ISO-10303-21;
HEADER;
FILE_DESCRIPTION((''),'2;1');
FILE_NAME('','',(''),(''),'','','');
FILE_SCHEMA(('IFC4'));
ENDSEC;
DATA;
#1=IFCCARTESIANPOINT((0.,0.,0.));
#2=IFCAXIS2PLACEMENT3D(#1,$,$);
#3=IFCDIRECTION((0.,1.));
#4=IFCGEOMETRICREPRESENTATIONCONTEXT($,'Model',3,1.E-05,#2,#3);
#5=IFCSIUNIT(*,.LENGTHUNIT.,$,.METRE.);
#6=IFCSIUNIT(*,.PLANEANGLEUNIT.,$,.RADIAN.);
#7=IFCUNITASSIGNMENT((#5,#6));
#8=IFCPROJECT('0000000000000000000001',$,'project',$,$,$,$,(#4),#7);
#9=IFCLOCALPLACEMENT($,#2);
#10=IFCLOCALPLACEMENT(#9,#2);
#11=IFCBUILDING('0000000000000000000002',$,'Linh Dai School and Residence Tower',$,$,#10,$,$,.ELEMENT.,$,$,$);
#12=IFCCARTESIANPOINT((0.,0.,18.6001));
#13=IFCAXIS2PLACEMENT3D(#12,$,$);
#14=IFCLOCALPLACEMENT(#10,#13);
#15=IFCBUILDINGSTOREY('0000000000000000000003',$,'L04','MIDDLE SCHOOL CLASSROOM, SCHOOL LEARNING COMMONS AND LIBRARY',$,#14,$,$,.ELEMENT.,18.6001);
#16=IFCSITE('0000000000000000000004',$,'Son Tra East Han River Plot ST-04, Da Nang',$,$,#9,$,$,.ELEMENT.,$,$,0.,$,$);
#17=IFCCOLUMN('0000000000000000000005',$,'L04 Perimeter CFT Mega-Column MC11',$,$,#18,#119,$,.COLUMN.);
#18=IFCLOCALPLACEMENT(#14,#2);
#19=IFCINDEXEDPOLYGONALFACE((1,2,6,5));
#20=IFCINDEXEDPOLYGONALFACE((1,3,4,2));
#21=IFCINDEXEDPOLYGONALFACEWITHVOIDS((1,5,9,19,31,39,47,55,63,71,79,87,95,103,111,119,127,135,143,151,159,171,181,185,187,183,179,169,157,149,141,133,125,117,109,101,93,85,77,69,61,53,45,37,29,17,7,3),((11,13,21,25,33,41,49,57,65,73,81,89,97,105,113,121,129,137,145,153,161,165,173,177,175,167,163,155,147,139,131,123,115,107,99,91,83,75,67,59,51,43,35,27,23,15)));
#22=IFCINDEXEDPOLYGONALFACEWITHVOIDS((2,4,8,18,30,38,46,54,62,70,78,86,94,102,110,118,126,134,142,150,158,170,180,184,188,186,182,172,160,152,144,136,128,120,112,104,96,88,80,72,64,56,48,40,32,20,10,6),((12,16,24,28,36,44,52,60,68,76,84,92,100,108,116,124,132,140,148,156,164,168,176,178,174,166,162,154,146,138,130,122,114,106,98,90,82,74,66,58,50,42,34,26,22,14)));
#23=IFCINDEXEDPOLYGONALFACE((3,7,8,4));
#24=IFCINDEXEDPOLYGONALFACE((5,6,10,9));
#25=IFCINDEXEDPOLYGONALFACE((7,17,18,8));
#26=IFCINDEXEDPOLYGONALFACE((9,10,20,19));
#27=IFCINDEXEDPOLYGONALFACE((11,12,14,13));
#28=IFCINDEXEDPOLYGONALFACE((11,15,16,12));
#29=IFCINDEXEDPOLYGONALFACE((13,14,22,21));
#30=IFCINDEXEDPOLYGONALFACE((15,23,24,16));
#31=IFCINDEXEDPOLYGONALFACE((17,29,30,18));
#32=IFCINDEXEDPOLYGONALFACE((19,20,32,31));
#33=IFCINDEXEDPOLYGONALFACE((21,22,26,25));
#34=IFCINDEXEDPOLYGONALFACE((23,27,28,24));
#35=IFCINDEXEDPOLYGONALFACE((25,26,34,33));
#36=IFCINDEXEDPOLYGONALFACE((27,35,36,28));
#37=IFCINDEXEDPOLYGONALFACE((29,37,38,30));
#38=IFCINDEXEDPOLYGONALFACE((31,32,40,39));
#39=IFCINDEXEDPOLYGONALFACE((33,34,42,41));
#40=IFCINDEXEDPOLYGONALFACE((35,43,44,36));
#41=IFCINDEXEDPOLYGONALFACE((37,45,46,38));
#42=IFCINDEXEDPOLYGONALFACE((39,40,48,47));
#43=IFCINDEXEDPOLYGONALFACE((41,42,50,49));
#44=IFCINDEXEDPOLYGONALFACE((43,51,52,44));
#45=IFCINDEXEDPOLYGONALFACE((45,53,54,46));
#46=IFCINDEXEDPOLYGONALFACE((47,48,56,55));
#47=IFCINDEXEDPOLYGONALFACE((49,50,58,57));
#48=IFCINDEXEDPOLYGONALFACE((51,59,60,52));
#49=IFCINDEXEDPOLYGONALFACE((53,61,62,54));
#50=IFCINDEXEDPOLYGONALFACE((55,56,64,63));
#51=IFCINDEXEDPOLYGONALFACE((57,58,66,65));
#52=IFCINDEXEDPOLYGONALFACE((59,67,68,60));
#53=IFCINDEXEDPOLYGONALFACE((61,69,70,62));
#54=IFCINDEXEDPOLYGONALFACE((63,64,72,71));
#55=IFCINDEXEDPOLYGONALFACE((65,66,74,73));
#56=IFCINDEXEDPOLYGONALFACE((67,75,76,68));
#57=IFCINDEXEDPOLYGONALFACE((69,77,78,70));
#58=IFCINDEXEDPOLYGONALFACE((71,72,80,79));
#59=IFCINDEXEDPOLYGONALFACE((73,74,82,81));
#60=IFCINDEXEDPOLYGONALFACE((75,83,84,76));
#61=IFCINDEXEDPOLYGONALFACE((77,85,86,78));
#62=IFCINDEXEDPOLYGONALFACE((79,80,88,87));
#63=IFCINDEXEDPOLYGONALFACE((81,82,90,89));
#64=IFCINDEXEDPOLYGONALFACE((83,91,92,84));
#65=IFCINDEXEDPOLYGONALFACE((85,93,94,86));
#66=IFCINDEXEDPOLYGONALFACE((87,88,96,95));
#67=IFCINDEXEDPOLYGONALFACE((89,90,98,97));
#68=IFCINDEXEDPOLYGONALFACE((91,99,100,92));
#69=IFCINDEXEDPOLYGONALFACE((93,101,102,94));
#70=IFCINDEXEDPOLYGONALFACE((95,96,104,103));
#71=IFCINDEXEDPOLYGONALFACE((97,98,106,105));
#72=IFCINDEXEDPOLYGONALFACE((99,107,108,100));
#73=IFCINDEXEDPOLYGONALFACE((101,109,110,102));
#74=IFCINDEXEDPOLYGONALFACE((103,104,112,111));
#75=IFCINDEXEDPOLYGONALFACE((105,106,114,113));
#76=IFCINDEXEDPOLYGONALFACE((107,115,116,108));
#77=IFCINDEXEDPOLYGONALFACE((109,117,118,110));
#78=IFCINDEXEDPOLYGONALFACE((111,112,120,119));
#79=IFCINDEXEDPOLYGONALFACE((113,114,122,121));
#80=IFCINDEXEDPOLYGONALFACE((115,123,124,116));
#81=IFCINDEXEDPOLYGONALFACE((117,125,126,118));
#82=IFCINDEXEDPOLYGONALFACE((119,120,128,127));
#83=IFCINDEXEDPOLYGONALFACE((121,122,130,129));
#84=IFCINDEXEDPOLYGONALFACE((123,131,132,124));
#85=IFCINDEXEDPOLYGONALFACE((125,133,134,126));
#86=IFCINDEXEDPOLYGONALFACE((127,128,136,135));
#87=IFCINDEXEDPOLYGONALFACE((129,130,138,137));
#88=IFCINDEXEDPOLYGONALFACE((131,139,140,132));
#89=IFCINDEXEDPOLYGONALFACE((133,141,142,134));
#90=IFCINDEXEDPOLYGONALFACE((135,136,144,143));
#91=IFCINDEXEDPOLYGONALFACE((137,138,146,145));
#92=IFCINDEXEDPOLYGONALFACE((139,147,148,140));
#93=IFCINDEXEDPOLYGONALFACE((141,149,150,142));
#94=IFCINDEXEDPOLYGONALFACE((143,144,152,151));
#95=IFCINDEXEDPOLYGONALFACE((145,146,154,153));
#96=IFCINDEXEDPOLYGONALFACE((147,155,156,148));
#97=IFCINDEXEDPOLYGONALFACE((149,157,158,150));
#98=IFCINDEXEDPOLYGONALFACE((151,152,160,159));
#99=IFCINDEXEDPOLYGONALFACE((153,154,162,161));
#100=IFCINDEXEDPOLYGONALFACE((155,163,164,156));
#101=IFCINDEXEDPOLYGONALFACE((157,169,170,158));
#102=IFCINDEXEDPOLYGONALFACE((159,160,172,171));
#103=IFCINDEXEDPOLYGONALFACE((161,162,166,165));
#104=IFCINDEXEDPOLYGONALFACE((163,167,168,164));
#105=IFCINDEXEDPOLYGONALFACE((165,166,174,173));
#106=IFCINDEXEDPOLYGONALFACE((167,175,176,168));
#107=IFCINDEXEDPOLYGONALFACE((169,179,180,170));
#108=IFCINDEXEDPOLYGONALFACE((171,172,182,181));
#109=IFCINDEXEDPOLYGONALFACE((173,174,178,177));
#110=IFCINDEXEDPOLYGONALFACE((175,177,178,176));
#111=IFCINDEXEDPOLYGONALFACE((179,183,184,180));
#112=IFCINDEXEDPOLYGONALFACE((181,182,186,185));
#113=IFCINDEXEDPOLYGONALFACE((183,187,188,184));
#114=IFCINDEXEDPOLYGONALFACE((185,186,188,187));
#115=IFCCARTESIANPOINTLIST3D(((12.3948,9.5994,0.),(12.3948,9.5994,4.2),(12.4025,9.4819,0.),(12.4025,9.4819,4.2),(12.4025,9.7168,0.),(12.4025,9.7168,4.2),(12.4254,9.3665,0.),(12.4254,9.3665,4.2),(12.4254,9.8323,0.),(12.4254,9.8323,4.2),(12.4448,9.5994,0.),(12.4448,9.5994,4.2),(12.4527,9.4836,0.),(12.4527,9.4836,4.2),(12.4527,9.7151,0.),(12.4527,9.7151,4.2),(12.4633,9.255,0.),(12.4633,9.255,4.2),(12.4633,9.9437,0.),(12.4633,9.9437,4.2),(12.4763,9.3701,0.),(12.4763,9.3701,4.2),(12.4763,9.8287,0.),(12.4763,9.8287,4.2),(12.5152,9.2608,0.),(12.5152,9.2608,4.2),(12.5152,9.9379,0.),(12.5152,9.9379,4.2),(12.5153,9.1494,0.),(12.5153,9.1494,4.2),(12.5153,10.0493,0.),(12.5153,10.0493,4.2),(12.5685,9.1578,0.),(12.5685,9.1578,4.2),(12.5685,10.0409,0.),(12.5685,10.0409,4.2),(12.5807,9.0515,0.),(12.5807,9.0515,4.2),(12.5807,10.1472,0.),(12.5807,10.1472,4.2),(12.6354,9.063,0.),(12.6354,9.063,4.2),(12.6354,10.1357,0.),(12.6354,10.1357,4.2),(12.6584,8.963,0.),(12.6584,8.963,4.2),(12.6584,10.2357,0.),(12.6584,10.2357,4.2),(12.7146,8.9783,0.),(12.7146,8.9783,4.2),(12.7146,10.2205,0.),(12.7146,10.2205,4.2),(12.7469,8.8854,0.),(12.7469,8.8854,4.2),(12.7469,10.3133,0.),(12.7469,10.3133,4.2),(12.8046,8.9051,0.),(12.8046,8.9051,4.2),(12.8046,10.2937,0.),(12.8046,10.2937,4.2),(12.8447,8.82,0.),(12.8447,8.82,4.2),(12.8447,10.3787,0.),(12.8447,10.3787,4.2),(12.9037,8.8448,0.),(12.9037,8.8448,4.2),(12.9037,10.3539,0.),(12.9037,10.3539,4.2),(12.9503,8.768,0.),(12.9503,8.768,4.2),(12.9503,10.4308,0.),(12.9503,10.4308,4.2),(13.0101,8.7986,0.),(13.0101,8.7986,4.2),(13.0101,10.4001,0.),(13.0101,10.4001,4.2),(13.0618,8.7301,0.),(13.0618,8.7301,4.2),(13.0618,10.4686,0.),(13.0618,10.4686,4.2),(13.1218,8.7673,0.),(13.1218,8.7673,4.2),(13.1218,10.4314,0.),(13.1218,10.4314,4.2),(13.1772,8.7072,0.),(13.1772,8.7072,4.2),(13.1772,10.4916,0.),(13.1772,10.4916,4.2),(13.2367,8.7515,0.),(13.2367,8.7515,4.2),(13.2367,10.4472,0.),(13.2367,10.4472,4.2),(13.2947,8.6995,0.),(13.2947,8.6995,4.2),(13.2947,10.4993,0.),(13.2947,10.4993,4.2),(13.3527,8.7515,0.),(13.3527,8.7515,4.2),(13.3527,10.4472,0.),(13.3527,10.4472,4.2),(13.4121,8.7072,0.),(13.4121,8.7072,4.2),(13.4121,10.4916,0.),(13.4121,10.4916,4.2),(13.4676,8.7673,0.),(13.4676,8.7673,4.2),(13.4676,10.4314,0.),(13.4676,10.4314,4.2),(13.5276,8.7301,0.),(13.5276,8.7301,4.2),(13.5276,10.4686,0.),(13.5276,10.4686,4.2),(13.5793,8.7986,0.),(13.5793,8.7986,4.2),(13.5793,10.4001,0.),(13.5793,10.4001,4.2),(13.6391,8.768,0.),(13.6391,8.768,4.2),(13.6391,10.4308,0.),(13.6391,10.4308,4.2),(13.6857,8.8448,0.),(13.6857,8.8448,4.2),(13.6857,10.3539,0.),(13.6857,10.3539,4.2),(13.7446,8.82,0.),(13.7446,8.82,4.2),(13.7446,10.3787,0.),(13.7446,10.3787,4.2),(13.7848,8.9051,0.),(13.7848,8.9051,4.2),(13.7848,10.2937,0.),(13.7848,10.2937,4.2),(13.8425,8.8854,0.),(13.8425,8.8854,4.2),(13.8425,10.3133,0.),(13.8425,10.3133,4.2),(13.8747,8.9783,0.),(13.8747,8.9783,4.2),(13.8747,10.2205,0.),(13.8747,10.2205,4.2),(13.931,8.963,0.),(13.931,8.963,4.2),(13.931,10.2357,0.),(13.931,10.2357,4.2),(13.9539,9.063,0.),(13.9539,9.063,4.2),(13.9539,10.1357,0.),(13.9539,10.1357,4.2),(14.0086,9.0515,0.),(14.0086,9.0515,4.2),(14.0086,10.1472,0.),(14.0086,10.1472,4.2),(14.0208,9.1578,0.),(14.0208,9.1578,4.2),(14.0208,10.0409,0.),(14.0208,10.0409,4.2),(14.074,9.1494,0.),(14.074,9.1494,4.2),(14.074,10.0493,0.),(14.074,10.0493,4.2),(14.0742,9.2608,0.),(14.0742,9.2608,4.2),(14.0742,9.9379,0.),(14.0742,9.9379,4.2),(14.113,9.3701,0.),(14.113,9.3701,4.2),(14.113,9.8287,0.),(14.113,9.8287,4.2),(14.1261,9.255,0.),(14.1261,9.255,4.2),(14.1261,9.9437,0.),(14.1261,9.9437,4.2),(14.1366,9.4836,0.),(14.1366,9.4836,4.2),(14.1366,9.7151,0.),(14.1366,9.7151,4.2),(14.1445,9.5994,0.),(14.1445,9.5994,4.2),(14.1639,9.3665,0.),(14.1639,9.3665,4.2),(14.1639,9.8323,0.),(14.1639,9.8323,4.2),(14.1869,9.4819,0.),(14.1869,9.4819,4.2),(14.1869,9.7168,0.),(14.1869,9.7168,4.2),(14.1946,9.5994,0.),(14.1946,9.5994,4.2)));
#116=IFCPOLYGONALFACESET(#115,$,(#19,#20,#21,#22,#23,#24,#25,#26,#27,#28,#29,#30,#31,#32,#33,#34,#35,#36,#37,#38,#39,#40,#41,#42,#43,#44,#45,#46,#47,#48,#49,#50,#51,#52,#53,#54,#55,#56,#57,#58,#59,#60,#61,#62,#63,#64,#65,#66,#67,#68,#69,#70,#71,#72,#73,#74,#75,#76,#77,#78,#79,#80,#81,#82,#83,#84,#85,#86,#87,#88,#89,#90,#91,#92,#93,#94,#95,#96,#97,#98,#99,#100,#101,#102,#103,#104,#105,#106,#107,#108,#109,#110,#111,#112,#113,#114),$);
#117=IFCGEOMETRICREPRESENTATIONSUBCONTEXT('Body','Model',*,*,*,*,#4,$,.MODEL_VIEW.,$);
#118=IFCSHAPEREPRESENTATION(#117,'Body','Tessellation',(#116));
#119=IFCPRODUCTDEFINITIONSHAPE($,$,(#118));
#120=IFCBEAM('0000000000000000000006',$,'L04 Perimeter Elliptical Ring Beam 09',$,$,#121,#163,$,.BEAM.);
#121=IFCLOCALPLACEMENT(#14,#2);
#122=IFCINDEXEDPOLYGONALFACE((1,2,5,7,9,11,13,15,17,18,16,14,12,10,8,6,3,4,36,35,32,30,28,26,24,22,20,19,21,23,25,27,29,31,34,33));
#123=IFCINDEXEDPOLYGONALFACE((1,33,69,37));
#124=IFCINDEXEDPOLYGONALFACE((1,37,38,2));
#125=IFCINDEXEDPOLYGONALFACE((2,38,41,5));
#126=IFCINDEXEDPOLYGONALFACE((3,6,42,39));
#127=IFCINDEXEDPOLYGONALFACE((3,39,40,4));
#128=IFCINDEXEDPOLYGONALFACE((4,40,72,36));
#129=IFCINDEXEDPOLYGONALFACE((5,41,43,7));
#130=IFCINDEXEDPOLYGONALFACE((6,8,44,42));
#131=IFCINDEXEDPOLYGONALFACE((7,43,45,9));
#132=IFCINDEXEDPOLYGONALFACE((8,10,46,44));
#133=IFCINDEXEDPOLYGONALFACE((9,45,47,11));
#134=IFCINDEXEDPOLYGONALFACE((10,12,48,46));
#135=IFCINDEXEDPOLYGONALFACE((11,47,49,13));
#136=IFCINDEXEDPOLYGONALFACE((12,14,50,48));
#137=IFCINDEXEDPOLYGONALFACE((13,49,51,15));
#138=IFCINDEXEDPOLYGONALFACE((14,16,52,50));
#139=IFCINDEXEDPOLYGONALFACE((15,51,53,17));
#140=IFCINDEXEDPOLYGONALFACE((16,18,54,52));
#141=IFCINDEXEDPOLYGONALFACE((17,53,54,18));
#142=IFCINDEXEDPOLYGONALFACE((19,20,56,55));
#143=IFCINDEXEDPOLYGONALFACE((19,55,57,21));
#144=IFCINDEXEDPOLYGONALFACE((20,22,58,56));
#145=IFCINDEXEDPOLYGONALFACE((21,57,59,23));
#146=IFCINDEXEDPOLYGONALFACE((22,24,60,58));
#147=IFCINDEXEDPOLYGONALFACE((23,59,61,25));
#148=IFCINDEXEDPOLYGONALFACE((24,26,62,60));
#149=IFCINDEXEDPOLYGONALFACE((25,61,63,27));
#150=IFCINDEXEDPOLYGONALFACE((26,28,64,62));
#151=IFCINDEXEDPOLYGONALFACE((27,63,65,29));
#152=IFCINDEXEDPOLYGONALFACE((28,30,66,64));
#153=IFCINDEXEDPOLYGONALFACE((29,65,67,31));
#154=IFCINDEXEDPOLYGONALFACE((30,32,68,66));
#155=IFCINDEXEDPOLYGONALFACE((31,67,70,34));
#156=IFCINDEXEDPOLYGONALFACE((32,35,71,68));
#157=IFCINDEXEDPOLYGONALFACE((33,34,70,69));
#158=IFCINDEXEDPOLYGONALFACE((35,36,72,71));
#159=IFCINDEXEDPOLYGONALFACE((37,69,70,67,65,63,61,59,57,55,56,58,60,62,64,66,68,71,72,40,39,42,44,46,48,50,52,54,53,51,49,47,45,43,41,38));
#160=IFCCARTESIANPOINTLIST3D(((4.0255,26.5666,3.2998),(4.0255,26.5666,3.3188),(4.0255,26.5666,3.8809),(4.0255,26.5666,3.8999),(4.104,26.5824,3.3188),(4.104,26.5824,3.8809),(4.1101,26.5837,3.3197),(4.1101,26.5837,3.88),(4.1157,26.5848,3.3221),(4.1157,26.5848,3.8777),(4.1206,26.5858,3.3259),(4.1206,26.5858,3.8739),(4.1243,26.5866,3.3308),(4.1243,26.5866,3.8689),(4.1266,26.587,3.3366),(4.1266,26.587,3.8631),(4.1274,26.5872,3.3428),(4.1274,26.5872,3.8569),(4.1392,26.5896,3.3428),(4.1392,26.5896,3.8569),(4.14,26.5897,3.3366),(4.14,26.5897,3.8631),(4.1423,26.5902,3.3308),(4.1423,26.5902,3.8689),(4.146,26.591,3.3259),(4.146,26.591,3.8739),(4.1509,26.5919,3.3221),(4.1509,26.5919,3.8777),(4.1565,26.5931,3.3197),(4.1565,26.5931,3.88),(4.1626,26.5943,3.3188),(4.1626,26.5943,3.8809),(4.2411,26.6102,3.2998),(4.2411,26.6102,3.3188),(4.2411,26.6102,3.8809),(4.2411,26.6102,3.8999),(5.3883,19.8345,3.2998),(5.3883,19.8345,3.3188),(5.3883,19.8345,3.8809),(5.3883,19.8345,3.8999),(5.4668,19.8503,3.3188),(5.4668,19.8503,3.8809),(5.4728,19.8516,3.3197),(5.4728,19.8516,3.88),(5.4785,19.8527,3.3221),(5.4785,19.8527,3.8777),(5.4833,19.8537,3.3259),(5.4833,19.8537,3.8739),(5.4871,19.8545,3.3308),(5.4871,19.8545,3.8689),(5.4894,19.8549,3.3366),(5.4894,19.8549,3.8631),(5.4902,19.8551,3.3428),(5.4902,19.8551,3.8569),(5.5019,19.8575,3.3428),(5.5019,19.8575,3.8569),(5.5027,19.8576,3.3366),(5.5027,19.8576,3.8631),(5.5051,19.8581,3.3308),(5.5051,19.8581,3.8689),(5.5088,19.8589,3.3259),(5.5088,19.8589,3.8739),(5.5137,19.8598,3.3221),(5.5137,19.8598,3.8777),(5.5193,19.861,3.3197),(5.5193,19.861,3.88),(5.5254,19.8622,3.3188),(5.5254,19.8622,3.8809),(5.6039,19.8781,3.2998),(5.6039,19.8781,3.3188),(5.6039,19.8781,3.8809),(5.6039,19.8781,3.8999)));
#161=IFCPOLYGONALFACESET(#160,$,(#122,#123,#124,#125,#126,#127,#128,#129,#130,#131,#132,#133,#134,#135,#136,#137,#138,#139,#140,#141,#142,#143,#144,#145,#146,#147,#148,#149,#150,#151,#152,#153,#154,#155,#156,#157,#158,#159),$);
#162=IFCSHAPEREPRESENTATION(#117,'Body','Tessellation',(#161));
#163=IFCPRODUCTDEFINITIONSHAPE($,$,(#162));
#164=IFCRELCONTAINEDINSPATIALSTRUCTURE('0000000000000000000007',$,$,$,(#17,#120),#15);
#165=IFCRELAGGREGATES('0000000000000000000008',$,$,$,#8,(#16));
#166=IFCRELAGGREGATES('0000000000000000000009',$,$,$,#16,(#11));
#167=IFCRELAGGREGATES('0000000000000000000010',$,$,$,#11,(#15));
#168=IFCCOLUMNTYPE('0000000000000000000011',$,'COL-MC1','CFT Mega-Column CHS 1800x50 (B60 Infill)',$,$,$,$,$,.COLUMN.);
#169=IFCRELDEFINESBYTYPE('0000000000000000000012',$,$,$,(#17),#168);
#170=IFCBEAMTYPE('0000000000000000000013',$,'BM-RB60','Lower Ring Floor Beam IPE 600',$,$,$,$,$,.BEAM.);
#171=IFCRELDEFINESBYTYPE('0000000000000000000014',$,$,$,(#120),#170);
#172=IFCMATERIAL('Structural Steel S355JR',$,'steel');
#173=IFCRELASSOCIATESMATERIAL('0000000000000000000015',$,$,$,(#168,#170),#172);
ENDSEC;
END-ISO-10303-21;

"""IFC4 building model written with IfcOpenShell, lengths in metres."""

from ifc_helpers import new_model, si_unit, direction, frame, origin, origin_2d, place, context, subcontext, project, spatial, hollow_circle, i_section, extrude, material, material_profile, profile_set, type_object, element, save


model = new_model("IFC4")

# Units and contexts
model_context = context("Model", 3, precision=1e-05, world=origin(), true_north=direction((0.0, 1.0)))
body_context = subcontext(model_context, "Body", "Model", "MODEL_VIEW")
ifc_project = project(units=[si_unit("LENGTHUNIT", "METRE"), si_unit("PLANEANGLEUNIT", "RADIAN")], contexts=[model_context])

# Site, building, storey
site_placement = place(None, origin())
site = spatial("IfcSite", under=ifc_project, at=site_placement, Name="Son Tra East Han River Plot ST-04, Da Nang", CompositionType="ELEMENT", RefElevation=0.0)
building_placement = place(site_placement, origin())
building = spatial("IfcBuilding", under=site, at=building_placement, Name="Linh Dai School and Residence Tower", CompositionType="ELEMENT")
storey_placement = place(building_placement, frame((0.0, 0.0, 18.6001)))
storey = spatial("IfcBuildingStorey", under=building, at=storey_placement, Name="L04", Description="MIDDLE SCHOOL CLASSROOM, SCHOOL LEARNING COMMONS AND LIBRARY", CompositionType="ELEMENT", Elevation=18.6001)

# Column
ifc_material_1 = material(Name="Structural Steel S355JR", Category="steel")
ifc_material_profile_1 = material_profile(ifc_material_1, hollow_circle(Radius=0.8999, WallThickness=0.05, at=origin_2d()), Name="CHS 1800x50")
ifc_profile_set_1 = profile_set([ifc_material_profile_1], Name="Structural Steel S355JR")
column_type = type_object("IfcColumnType", Name="COL-MC1", Description="CFT Mega-Column CHS 1800x50 (B60 Infill)", PredefinedType="COLUMN", material=ifc_profile_set_1)
for number, where, z_axis, x_axis, name in (
    (1, (13.2947, 9.5994, 0.0), (0.0, 0.0, 1.0), (1.0, 0.0, 0.0), "L04 Perimeter CFT Mega-Column MC11"),
):
    element("IfcColumn", number, at=place(storey_placement, frame(where, z_axis=z_axis, x_axis=x_axis)), inside=storey, type_object=column_type, Name=name, PredefinedType="COLUMN", context=body_context, shape_type="SweptSolid", body=[
        extrude(hollow_circle(Radius=0.8999, WallThickness=0.05, at=origin_2d()), origin(), (0.0, 0.0, 1.0), 4.2),
    ])

# Beam
ifc_material_profile_2 = material_profile(ifc_material_1, i_section(OverallWidth=0.22, OverallDepth=0.6001, WebThickness=0.012, FlangeThickness=0.019, FilletRadius=0.0239, at=origin_2d()), Name="IPE 600")
ifc_profile_set_2 = profile_set([ifc_material_profile_2], Name="Structural Steel S355JR")
beam_type_1 = type_object("IfcBeamType", Name="BM-RB60", Description="Lower Ring Floor Beam IPE 600", PredefinedType="BEAM", material=ifc_profile_set_2)
beam_1_placement = place(storey_placement, frame((4.1333, 26.5884, 3.5999), z_axis=(0.198405, -0.98012, 0.0), x_axis=(0.98012, 0.198405, 0.0)))
element("IfcBeam", 2, at=beam_1_placement, inside=storey, type_object=beam_type_1, Name="L04 Perimeter Elliptical Ring Beam 09", PredefinedType="BEAM", context=body_context, shape_type="SweptSolid", body=[
    extrude(i_section(OverallWidth=0.22, OverallDepth=0.6001, WebThickness=0.012, FlangeThickness=0.019, FilletRadius=0.0239, at=origin_2d()), origin(), (0.0, 0.0, 1.0), 6.8687),
])

save(model, "model.ifc")
